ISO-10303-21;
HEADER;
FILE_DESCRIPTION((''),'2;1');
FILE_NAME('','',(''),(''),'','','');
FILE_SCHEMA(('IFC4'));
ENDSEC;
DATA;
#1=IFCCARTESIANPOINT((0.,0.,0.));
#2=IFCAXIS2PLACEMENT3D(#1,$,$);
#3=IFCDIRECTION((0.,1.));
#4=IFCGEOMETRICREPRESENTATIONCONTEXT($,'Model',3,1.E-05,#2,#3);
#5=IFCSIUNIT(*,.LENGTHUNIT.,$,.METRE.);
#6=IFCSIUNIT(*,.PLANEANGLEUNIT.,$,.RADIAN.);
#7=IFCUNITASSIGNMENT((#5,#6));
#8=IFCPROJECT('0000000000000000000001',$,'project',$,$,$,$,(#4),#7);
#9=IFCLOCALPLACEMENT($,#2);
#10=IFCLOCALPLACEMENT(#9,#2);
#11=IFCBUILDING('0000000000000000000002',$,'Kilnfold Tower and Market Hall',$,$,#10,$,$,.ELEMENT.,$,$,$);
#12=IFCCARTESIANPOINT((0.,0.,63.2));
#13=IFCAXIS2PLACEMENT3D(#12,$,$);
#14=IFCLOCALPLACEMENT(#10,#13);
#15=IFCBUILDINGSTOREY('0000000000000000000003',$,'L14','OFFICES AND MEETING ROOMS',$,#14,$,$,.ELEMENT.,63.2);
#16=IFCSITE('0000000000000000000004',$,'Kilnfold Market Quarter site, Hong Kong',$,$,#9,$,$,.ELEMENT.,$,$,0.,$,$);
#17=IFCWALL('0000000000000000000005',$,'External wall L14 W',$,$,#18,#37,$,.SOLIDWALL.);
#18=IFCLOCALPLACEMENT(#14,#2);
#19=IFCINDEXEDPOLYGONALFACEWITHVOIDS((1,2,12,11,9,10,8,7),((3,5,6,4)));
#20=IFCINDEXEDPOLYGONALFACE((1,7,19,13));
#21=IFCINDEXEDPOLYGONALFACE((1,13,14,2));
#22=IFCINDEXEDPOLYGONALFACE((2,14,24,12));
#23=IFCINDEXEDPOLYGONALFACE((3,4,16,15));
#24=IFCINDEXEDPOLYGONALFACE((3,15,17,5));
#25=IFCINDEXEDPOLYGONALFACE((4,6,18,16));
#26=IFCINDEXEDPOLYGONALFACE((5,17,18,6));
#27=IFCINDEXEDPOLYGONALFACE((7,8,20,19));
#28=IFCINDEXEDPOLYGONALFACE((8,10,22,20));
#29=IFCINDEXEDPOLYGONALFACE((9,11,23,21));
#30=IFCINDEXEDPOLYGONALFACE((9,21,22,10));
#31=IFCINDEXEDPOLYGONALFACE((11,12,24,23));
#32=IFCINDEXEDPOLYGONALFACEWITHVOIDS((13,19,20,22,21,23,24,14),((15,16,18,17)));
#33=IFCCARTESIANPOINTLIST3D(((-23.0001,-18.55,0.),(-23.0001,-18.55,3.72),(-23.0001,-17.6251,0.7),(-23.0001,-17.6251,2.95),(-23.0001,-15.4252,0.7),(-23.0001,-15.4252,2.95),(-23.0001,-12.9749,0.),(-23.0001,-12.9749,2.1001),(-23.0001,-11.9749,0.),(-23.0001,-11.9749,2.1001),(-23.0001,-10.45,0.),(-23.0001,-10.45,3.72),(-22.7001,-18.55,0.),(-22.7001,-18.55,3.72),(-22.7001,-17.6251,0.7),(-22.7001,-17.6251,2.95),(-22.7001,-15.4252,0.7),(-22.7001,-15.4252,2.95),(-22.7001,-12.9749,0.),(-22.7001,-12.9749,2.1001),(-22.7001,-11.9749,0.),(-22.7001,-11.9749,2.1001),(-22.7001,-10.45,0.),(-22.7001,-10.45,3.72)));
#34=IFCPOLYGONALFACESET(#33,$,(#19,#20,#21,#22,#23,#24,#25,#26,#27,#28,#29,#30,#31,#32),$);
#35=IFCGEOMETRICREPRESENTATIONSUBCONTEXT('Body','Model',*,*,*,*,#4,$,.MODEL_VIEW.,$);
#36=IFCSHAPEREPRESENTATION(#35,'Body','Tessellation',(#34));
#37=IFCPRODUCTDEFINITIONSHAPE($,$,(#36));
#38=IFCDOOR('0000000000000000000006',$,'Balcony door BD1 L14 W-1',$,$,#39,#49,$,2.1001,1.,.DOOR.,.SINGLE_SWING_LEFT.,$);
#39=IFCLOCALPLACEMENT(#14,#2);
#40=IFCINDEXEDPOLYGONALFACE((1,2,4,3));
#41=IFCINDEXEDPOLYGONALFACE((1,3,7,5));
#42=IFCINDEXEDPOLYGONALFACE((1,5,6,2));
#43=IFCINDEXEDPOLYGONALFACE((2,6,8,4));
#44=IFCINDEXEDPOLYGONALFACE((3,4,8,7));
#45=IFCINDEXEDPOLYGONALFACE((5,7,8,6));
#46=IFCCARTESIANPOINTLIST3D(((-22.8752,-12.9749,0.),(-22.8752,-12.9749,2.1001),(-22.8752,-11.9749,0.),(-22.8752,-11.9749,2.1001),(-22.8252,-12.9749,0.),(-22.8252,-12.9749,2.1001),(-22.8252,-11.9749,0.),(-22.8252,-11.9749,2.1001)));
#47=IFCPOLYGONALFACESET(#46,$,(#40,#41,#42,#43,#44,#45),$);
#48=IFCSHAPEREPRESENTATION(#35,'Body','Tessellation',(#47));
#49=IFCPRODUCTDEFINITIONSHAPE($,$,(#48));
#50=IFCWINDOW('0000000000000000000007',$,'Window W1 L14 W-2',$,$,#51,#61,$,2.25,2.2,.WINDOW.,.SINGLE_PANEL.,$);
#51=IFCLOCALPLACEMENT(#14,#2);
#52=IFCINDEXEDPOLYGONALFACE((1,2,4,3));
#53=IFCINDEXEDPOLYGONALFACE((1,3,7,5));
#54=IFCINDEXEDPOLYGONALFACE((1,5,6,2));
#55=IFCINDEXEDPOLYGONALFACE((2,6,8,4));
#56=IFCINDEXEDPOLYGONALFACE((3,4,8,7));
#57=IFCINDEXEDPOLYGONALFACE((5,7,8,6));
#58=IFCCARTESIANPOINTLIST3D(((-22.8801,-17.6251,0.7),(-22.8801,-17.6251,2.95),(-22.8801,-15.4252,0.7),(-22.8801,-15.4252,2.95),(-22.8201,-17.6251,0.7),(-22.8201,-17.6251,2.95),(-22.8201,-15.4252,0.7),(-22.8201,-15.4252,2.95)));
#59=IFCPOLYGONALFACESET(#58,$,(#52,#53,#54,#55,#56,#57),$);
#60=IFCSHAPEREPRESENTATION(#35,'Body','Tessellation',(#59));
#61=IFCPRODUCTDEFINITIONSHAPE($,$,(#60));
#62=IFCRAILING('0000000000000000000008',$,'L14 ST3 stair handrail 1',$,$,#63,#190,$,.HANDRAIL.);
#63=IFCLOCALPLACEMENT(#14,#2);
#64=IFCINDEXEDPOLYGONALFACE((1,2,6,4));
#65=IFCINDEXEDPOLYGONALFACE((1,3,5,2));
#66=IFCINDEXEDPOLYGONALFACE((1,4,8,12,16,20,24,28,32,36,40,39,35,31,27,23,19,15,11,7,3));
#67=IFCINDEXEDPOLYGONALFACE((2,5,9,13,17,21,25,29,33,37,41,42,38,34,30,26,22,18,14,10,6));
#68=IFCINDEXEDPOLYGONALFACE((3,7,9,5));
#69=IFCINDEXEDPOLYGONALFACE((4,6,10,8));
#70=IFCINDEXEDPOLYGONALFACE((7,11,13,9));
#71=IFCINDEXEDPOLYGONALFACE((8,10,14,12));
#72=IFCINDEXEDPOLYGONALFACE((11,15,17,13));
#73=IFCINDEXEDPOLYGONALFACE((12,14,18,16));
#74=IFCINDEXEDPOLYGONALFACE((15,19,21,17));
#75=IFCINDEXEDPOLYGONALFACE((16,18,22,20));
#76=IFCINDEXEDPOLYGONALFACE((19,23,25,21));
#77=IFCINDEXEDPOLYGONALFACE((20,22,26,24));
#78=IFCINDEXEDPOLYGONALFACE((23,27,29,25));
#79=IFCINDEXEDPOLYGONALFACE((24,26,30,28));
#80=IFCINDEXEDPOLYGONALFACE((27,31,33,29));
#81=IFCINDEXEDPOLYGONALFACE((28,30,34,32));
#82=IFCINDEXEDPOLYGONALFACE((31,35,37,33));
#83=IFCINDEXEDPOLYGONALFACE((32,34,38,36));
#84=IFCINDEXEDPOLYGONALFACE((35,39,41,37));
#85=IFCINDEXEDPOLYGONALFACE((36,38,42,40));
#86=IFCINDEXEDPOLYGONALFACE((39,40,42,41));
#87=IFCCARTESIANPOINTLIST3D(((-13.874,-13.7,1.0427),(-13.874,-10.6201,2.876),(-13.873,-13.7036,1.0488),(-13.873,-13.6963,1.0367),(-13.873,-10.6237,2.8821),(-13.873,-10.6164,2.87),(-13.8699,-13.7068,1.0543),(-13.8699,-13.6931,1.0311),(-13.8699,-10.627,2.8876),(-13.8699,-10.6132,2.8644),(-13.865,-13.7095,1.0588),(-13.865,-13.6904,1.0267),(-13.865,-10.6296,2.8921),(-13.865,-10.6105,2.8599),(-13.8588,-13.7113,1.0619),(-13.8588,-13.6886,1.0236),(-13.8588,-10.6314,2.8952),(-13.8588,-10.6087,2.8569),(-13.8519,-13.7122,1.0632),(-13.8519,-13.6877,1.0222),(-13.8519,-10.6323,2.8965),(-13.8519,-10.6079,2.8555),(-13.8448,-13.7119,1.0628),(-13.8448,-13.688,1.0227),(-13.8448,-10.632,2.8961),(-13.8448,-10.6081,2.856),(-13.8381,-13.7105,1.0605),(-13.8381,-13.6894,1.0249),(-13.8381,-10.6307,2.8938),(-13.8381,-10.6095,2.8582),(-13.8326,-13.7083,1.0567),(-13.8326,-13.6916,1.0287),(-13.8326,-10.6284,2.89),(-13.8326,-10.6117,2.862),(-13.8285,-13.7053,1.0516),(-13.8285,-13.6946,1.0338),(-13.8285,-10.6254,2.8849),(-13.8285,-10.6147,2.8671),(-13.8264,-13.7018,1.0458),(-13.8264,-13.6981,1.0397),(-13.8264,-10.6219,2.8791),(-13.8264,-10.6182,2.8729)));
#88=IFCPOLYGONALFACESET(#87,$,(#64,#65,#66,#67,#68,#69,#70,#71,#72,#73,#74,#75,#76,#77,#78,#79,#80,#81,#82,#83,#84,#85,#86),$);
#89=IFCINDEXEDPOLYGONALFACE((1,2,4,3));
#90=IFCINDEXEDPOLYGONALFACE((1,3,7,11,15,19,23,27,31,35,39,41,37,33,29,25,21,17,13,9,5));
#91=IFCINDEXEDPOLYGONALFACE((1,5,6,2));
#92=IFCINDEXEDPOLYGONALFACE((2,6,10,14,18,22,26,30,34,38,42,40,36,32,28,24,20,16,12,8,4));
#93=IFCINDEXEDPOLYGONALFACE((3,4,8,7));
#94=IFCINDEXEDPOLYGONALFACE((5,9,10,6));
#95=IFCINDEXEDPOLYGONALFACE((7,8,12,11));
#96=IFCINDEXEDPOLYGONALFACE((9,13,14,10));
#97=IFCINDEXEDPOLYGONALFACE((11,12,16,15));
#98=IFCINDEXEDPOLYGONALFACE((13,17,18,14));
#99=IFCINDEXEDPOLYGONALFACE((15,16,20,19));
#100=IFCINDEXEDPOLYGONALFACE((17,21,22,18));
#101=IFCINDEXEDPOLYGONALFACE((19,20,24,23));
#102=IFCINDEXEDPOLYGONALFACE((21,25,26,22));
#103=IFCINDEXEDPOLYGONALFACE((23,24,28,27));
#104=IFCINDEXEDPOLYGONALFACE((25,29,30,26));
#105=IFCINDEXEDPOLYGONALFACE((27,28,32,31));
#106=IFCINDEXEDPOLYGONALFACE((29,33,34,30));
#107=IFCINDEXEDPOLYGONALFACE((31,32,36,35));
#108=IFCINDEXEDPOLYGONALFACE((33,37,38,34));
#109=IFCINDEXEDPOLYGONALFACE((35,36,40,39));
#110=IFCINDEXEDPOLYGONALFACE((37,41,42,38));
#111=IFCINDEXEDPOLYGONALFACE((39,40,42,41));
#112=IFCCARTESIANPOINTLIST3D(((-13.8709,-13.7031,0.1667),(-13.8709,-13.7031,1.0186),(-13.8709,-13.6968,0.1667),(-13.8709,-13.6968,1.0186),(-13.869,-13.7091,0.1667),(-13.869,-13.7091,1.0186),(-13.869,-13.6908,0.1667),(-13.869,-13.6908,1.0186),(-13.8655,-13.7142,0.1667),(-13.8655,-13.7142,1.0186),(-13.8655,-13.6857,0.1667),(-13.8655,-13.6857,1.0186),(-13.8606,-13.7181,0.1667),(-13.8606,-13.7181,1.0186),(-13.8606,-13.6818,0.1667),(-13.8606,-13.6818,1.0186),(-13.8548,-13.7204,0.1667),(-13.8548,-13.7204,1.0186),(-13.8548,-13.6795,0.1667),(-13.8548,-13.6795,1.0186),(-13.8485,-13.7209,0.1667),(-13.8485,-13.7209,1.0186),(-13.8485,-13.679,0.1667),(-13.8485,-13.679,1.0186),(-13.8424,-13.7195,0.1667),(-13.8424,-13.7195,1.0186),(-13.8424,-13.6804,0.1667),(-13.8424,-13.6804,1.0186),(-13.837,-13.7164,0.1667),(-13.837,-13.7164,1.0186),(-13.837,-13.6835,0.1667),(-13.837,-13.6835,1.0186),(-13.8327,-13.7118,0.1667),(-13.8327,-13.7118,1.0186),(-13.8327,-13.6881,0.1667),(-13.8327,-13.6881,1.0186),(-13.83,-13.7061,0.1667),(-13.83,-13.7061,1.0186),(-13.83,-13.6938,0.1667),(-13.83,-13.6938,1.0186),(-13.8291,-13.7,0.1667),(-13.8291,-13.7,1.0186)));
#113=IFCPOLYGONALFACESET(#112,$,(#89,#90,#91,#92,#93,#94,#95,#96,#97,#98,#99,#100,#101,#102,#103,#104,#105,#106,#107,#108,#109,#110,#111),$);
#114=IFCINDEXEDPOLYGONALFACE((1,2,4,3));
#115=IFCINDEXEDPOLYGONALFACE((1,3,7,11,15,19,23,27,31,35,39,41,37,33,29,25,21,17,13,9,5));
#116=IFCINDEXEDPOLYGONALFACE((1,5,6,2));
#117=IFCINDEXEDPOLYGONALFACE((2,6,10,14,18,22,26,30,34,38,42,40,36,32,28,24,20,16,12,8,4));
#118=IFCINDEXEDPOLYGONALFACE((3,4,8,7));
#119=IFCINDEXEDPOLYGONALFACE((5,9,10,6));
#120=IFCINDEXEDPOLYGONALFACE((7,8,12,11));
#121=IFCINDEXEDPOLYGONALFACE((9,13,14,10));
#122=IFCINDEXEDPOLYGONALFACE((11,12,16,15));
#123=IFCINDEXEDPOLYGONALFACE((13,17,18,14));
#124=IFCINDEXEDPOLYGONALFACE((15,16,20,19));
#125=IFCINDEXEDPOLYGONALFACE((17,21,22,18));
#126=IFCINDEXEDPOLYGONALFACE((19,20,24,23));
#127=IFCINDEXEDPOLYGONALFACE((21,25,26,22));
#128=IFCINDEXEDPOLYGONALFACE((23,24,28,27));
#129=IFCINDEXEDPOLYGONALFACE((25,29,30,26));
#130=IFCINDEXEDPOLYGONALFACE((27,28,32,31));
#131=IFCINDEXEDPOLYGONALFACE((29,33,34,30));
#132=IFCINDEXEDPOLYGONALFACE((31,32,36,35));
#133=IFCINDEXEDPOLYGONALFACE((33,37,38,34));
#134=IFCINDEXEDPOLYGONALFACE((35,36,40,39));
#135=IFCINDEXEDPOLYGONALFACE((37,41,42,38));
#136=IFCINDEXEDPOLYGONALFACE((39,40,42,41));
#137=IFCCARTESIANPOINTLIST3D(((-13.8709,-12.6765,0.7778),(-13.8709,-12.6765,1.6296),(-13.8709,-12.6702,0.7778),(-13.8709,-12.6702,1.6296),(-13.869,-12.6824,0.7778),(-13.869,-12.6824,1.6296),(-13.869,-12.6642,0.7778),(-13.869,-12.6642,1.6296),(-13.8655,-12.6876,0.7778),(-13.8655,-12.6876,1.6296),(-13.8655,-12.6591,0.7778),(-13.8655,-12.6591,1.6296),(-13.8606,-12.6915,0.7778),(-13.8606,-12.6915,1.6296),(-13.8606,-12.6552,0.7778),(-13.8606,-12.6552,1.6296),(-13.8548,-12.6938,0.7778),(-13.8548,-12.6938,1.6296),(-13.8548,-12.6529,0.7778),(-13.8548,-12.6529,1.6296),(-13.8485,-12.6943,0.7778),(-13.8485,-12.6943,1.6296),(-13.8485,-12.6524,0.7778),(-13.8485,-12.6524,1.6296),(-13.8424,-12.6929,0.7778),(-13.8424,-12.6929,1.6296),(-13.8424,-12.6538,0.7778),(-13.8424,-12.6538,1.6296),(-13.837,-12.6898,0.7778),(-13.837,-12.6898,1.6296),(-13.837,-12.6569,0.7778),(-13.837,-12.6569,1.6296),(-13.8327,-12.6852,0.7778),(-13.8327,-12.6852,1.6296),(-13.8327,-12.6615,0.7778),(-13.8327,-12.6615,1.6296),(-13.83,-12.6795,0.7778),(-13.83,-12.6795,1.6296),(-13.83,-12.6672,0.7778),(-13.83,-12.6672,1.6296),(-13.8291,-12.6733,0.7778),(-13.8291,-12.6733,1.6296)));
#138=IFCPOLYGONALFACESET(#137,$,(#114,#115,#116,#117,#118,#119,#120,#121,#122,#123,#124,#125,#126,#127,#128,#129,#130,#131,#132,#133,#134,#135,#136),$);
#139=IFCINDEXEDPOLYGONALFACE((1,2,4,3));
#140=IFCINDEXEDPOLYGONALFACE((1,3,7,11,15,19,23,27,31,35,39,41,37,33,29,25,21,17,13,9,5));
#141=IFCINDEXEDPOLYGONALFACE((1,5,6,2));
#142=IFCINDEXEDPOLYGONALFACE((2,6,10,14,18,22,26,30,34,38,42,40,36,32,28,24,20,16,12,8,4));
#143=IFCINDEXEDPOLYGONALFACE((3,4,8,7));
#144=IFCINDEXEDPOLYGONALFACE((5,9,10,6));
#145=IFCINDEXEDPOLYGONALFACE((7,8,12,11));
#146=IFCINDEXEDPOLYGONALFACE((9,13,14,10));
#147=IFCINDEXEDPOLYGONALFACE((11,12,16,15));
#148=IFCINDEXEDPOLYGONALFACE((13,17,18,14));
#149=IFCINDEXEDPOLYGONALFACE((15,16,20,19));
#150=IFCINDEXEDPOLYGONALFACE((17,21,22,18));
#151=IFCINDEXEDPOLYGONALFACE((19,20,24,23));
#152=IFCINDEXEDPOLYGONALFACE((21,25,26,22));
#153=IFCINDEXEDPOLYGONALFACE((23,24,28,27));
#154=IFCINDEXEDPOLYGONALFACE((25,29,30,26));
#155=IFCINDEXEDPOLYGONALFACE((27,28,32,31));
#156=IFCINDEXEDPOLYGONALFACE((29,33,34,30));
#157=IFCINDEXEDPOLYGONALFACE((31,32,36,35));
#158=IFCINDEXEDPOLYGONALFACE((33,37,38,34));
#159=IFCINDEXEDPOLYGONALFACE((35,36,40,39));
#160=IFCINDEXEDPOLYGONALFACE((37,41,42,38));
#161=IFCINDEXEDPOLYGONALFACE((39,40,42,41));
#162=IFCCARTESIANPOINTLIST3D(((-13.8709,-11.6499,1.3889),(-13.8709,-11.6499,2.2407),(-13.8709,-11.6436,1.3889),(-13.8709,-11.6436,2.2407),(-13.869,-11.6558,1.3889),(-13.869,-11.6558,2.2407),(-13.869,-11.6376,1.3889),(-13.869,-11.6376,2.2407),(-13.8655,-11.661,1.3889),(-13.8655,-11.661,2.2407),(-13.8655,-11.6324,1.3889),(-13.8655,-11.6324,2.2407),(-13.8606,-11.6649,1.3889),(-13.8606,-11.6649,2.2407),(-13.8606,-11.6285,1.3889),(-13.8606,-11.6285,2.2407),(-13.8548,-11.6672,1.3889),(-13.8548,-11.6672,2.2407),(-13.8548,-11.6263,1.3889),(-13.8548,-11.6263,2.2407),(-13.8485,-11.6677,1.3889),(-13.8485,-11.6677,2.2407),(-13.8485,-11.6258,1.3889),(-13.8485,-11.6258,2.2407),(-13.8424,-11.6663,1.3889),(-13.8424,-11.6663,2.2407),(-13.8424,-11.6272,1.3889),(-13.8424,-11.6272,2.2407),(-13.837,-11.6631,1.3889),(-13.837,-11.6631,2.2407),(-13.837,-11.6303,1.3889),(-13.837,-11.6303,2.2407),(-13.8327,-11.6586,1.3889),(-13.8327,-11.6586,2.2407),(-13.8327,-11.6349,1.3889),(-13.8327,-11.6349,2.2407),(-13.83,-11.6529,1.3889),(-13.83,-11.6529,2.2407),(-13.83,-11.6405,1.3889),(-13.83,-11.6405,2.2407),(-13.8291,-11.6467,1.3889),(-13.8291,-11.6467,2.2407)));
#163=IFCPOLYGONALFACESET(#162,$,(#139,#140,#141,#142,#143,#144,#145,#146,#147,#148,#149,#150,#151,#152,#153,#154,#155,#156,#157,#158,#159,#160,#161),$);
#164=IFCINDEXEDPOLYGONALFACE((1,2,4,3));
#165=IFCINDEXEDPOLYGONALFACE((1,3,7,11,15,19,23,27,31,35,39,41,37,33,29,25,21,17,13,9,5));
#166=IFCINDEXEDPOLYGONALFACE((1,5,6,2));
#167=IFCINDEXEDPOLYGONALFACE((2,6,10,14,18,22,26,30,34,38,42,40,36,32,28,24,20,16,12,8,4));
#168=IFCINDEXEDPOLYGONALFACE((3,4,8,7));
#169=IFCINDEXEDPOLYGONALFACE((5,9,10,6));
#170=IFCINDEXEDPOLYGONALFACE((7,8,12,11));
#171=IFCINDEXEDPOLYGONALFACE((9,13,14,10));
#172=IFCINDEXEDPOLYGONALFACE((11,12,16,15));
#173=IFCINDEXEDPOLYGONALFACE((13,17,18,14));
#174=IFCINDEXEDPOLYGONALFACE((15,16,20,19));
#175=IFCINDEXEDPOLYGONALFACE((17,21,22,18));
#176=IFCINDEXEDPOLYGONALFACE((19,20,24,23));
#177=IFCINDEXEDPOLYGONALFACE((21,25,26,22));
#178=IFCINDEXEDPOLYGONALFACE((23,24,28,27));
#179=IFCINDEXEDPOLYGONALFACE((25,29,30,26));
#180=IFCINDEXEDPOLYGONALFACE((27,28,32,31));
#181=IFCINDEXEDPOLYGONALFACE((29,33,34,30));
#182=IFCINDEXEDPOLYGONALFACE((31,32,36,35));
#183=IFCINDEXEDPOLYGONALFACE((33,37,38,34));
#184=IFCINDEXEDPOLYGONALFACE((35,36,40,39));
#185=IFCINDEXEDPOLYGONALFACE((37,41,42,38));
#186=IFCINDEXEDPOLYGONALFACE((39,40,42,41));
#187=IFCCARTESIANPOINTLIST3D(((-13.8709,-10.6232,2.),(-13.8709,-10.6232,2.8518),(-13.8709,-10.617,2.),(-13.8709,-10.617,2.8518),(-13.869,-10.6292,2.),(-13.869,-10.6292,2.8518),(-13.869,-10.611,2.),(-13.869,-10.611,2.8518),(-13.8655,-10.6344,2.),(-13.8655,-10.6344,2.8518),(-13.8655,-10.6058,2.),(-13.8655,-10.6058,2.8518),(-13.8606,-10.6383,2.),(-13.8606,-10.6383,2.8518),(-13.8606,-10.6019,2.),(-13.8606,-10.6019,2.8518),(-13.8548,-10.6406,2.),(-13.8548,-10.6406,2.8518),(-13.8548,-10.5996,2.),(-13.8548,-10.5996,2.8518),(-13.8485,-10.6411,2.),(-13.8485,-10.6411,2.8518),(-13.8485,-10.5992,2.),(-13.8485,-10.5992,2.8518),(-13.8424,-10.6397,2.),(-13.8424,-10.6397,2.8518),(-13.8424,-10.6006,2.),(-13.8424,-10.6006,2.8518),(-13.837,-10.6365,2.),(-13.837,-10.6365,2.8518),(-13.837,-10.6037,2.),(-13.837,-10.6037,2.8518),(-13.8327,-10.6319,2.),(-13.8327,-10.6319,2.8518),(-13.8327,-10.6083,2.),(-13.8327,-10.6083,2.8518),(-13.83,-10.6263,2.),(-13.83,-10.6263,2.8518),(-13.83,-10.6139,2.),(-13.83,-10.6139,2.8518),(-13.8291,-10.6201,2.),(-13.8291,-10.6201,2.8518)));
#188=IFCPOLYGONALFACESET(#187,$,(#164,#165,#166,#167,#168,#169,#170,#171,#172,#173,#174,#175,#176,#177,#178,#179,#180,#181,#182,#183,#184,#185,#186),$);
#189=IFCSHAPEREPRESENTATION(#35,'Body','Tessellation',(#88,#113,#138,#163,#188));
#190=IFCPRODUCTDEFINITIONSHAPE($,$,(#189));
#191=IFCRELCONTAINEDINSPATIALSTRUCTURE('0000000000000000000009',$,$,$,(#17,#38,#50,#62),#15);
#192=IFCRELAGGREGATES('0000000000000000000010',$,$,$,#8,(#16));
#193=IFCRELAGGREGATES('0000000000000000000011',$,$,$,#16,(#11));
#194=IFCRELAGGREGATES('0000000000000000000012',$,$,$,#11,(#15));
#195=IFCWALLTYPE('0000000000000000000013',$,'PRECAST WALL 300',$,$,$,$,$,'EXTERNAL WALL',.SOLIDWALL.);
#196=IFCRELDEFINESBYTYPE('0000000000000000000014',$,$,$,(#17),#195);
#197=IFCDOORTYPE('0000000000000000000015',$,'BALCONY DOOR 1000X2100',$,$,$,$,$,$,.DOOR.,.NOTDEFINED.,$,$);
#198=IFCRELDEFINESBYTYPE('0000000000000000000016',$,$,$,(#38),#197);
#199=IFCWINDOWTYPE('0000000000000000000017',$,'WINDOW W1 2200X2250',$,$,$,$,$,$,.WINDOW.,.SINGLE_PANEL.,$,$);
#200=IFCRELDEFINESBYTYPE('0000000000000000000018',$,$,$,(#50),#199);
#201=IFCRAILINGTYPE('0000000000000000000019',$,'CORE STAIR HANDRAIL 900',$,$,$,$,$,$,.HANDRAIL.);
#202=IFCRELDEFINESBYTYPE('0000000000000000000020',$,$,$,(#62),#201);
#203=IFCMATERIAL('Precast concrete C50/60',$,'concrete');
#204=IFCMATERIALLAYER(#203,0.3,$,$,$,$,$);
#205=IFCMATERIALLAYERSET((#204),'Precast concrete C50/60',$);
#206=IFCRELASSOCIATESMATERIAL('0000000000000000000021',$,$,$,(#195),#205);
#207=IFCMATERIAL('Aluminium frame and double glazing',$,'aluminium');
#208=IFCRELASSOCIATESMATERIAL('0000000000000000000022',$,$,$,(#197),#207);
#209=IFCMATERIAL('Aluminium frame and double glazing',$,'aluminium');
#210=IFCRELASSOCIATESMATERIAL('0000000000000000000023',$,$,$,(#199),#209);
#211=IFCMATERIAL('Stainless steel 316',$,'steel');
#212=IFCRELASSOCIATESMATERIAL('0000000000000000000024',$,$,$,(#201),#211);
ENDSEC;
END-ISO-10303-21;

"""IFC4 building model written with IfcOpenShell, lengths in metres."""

from ifc_helpers import new_model, si_unit, direction, frame, frame_2d, origin, origin_2d, place, context, subcontext, project, spatial, rectangle, circle, extrude, source, transform, mapped, material, layer, layer_set, type_object, element, fill, save


model = new_model("IFC4")

# Units and contexts
model_context = context("Model", 3, precision=1e-05, world=origin(), true_north=direction((0.0, 1.0)))
body_context = subcontext(model_context, "Body", "Model", "MODEL_VIEW")
ifc_project = project(units=[si_unit("LENGTHUNIT", "METRE"), si_unit("PLANEANGLEUNIT", "RADIAN")], contexts=[model_context])

# Site, building, storey
site_placement = place(None, origin())
site = spatial("IfcSite", under=ifc_project, at=site_placement, Name="Kilnfold Market Quarter site, Hong Kong", CompositionType="ELEMENT", RefElevation=0.0)
building_placement = place(site_placement, origin())
building = spatial("IfcBuilding", under=site, at=building_placement, Name="Kilnfold Tower and Market Hall", CompositionType="ELEMENT")
storey_placement = place(building_placement, frame((0.0, 0.0, 63.2)))
storey = spatial("IfcBuildingStorey", under=building, at=storey_placement, Name="L14", Description="OFFICES AND MEETING ROOMS", CompositionType="ELEMENT", Elevation=63.2)

# Wall, openings, door, window
ifc_material_1 = material(Name="Precast concrete C50/60", Category="concrete")
ifc_layer_1 = layer(ifc_material_1, 0.3)
ifc_layer_set_1 = layer_set([ifc_layer_1], Name="Precast concrete C50/60")
wall_type_1 = type_object("IfcWallType", Name="PRECAST WALL 300", ElementType="EXTERNAL WALL", PredefinedType="SOLIDWALL", material=ifc_layer_set_1)
shared_shape_1 = source(origin(), body_context, "Body", "SweptSolid", [
    extrude(rectangle(XDim=8.1001, YDim=0.3, at=frame_2d((4.05, 0.0))), origin(), (0.0, 0.0, 1.0), 3.72),
])
wall_1_placement = place(storey_placement, frame((-22.8501, -10.45, 0.0), z_axis=(0.0, 0.0, 1.0), x_axis=(0.0, -1.0, 0.0)))
wall_1 = element("IfcWall", 1, at=wall_1_placement, inside=storey, type_object=wall_type_1, Name="External wall L14 W", PredefinedType="SOLIDWALL", context=body_context, shape_type="MappedRepresentation", body=[
    mapped(shared_shape_1, transform((0.0, 0.0, 0.0))),
])
opening_1_placement = place(wall_1_placement, frame((1.5249, 0.0, 0.0)))
opening_1 = element("IfcOpeningElement", 2, at=opening_1_placement, cuts=wall_1, PredefinedType="OPENING", context=body_context, shape_type="SweptSolid", body=[
    extrude(rectangle(XDim=1.0, YDim=2.1001, at=frame_2d((0.5, 1.05))), frame((0.0, 0.1602, 0.0), z_axis=(0.0, -1.0, 0.0), x_axis=(1.0, 0.0, 0.0)), (0.0, 0.0, 1.0), 0.3201),
])
opening_2_placement = place(wall_1_placement, frame((4.9751, 0.0, 0.7)))
opening_2 = element("IfcOpeningElement", 3, at=opening_2_placement, cuts=wall_1, PredefinedType="OPENING", context=body_context, shape_type="SweptSolid", body=[
    extrude(rectangle(XDim=2.2, YDim=2.25, at=frame_2d((1.1001, 1.125))), frame((0.0, 0.1602, 0.0), z_axis=(0.0, -1.0, 0.0), x_axis=(1.0, 0.0, 0.0)), (0.0, 0.0, 1.0), 0.3201),
])
ifc_material_2 = material(Name="Aluminium frame and double glazing", Category="aluminium")
door_type_1 = type_object("IfcDoorType", Name="BALCONY DOOR 1000X2100", OperationType="NOTDEFINED", PredefinedType="DOOR", material=ifc_material_2)
door_1_placement = place(opening_1_placement, origin())
door_1 = element("IfcDoor", 4, at=door_1_placement, inside=storey, type_object=door_type_1, Name="Balcony door BD1 L14 W-1", OperationType="SINGLE_SWING_LEFT", OverallHeight=2.1001, OverallWidth=1.0, PredefinedType="DOOR", context=body_context, shape_type="SweptSolid", body=[
    extrude(rectangle(XDim=1.0, YDim=2.1001, at=frame_2d((0.5, 1.05))), frame((0.0, 0.0249, 0.0), z_axis=(0.0, -1.0, 0.0), x_axis=(1.0, 0.0, 0.0)), (0.0, 0.0, 1.0), 0.05),
])
fill(opening_1, door_1)
ifc_material_3 = material(Name="Aluminium frame and double glazing", Category="aluminium")
window_type = type_object("IfcWindowType", Name="WINDOW W1 2200X2250", PartitioningType="SINGLE_PANEL", PredefinedType="WINDOW", material=ifc_material_3)
window_placement = place(opening_2_placement, origin())
window = element("IfcWindow", 5, at=window_placement, inside=storey, type_object=window_type, Name="Window W1 L14 W-2", OverallHeight=2.25, OverallWidth=2.2, PartitioningType="SINGLE_PANEL", PredefinedType="WINDOW", context=body_context, shape_type="SweptSolid", body=[
    extrude(rectangle(XDim=2.2, YDim=2.25, at=frame_2d((1.1001, 1.125))), frame((0.0, 0.03, 0.0), z_axis=(0.0, -1.0, 0.0), x_axis=(1.0, 0.0, 0.0)), (0.0, 0.0, 1.0), 0.0601),
])
fill(opening_2, window)

# Railing
ifc_material_4 = material(Name="Stainless steel 316", Category="steel")
railing_type_1 = type_object("IfcRailingType", Name="CORE STAIR HANDRAIL 900", PredefinedType="HANDRAIL", material=ifc_material_4)
railing_1_placement = place(storey_placement, frame((-13.8501, -13.7, 0.1667)))
element("IfcRailing", 6, at=railing_1_placement, inside=storey, type_object=railing_type_1, Name="L14 ST3 stair handrail 1", PredefinedType="HANDRAIL", context=body_context, shape_type="SweptSolid", body=[
    extrude(circle(Radius=0.0239, at=origin_2d()), frame((0.0, 0.0, 0.876), z_axis=(0.0, 0.859291, 0.511487), x_axis=(-1.0, 0.0, 0.0)), (0.0, 0.0, 1.0), 3.5842),
    extrude(circle(Radius=0.021, at=origin_2d()), origin(), (0.0, 0.0, 1.0), 0.8518),
    extrude(circle(Radius=0.021, at=origin_2d()), frame((0.0, 1.0266, 0.6111)), (0.0, 0.0, 1.0), 0.8518),
    extrude(circle(Radius=0.021, at=origin_2d()), frame((0.0, 2.0532, 1.2222)), (0.0, 0.0, 1.0), 0.8518),
    extrude(circle(Radius=0.021, at=origin_2d()), frame((0.0, 3.0798, 1.8333)), (0.0, 0.0, 1.0), 0.8518),
])

save(model, "model.ifc")
